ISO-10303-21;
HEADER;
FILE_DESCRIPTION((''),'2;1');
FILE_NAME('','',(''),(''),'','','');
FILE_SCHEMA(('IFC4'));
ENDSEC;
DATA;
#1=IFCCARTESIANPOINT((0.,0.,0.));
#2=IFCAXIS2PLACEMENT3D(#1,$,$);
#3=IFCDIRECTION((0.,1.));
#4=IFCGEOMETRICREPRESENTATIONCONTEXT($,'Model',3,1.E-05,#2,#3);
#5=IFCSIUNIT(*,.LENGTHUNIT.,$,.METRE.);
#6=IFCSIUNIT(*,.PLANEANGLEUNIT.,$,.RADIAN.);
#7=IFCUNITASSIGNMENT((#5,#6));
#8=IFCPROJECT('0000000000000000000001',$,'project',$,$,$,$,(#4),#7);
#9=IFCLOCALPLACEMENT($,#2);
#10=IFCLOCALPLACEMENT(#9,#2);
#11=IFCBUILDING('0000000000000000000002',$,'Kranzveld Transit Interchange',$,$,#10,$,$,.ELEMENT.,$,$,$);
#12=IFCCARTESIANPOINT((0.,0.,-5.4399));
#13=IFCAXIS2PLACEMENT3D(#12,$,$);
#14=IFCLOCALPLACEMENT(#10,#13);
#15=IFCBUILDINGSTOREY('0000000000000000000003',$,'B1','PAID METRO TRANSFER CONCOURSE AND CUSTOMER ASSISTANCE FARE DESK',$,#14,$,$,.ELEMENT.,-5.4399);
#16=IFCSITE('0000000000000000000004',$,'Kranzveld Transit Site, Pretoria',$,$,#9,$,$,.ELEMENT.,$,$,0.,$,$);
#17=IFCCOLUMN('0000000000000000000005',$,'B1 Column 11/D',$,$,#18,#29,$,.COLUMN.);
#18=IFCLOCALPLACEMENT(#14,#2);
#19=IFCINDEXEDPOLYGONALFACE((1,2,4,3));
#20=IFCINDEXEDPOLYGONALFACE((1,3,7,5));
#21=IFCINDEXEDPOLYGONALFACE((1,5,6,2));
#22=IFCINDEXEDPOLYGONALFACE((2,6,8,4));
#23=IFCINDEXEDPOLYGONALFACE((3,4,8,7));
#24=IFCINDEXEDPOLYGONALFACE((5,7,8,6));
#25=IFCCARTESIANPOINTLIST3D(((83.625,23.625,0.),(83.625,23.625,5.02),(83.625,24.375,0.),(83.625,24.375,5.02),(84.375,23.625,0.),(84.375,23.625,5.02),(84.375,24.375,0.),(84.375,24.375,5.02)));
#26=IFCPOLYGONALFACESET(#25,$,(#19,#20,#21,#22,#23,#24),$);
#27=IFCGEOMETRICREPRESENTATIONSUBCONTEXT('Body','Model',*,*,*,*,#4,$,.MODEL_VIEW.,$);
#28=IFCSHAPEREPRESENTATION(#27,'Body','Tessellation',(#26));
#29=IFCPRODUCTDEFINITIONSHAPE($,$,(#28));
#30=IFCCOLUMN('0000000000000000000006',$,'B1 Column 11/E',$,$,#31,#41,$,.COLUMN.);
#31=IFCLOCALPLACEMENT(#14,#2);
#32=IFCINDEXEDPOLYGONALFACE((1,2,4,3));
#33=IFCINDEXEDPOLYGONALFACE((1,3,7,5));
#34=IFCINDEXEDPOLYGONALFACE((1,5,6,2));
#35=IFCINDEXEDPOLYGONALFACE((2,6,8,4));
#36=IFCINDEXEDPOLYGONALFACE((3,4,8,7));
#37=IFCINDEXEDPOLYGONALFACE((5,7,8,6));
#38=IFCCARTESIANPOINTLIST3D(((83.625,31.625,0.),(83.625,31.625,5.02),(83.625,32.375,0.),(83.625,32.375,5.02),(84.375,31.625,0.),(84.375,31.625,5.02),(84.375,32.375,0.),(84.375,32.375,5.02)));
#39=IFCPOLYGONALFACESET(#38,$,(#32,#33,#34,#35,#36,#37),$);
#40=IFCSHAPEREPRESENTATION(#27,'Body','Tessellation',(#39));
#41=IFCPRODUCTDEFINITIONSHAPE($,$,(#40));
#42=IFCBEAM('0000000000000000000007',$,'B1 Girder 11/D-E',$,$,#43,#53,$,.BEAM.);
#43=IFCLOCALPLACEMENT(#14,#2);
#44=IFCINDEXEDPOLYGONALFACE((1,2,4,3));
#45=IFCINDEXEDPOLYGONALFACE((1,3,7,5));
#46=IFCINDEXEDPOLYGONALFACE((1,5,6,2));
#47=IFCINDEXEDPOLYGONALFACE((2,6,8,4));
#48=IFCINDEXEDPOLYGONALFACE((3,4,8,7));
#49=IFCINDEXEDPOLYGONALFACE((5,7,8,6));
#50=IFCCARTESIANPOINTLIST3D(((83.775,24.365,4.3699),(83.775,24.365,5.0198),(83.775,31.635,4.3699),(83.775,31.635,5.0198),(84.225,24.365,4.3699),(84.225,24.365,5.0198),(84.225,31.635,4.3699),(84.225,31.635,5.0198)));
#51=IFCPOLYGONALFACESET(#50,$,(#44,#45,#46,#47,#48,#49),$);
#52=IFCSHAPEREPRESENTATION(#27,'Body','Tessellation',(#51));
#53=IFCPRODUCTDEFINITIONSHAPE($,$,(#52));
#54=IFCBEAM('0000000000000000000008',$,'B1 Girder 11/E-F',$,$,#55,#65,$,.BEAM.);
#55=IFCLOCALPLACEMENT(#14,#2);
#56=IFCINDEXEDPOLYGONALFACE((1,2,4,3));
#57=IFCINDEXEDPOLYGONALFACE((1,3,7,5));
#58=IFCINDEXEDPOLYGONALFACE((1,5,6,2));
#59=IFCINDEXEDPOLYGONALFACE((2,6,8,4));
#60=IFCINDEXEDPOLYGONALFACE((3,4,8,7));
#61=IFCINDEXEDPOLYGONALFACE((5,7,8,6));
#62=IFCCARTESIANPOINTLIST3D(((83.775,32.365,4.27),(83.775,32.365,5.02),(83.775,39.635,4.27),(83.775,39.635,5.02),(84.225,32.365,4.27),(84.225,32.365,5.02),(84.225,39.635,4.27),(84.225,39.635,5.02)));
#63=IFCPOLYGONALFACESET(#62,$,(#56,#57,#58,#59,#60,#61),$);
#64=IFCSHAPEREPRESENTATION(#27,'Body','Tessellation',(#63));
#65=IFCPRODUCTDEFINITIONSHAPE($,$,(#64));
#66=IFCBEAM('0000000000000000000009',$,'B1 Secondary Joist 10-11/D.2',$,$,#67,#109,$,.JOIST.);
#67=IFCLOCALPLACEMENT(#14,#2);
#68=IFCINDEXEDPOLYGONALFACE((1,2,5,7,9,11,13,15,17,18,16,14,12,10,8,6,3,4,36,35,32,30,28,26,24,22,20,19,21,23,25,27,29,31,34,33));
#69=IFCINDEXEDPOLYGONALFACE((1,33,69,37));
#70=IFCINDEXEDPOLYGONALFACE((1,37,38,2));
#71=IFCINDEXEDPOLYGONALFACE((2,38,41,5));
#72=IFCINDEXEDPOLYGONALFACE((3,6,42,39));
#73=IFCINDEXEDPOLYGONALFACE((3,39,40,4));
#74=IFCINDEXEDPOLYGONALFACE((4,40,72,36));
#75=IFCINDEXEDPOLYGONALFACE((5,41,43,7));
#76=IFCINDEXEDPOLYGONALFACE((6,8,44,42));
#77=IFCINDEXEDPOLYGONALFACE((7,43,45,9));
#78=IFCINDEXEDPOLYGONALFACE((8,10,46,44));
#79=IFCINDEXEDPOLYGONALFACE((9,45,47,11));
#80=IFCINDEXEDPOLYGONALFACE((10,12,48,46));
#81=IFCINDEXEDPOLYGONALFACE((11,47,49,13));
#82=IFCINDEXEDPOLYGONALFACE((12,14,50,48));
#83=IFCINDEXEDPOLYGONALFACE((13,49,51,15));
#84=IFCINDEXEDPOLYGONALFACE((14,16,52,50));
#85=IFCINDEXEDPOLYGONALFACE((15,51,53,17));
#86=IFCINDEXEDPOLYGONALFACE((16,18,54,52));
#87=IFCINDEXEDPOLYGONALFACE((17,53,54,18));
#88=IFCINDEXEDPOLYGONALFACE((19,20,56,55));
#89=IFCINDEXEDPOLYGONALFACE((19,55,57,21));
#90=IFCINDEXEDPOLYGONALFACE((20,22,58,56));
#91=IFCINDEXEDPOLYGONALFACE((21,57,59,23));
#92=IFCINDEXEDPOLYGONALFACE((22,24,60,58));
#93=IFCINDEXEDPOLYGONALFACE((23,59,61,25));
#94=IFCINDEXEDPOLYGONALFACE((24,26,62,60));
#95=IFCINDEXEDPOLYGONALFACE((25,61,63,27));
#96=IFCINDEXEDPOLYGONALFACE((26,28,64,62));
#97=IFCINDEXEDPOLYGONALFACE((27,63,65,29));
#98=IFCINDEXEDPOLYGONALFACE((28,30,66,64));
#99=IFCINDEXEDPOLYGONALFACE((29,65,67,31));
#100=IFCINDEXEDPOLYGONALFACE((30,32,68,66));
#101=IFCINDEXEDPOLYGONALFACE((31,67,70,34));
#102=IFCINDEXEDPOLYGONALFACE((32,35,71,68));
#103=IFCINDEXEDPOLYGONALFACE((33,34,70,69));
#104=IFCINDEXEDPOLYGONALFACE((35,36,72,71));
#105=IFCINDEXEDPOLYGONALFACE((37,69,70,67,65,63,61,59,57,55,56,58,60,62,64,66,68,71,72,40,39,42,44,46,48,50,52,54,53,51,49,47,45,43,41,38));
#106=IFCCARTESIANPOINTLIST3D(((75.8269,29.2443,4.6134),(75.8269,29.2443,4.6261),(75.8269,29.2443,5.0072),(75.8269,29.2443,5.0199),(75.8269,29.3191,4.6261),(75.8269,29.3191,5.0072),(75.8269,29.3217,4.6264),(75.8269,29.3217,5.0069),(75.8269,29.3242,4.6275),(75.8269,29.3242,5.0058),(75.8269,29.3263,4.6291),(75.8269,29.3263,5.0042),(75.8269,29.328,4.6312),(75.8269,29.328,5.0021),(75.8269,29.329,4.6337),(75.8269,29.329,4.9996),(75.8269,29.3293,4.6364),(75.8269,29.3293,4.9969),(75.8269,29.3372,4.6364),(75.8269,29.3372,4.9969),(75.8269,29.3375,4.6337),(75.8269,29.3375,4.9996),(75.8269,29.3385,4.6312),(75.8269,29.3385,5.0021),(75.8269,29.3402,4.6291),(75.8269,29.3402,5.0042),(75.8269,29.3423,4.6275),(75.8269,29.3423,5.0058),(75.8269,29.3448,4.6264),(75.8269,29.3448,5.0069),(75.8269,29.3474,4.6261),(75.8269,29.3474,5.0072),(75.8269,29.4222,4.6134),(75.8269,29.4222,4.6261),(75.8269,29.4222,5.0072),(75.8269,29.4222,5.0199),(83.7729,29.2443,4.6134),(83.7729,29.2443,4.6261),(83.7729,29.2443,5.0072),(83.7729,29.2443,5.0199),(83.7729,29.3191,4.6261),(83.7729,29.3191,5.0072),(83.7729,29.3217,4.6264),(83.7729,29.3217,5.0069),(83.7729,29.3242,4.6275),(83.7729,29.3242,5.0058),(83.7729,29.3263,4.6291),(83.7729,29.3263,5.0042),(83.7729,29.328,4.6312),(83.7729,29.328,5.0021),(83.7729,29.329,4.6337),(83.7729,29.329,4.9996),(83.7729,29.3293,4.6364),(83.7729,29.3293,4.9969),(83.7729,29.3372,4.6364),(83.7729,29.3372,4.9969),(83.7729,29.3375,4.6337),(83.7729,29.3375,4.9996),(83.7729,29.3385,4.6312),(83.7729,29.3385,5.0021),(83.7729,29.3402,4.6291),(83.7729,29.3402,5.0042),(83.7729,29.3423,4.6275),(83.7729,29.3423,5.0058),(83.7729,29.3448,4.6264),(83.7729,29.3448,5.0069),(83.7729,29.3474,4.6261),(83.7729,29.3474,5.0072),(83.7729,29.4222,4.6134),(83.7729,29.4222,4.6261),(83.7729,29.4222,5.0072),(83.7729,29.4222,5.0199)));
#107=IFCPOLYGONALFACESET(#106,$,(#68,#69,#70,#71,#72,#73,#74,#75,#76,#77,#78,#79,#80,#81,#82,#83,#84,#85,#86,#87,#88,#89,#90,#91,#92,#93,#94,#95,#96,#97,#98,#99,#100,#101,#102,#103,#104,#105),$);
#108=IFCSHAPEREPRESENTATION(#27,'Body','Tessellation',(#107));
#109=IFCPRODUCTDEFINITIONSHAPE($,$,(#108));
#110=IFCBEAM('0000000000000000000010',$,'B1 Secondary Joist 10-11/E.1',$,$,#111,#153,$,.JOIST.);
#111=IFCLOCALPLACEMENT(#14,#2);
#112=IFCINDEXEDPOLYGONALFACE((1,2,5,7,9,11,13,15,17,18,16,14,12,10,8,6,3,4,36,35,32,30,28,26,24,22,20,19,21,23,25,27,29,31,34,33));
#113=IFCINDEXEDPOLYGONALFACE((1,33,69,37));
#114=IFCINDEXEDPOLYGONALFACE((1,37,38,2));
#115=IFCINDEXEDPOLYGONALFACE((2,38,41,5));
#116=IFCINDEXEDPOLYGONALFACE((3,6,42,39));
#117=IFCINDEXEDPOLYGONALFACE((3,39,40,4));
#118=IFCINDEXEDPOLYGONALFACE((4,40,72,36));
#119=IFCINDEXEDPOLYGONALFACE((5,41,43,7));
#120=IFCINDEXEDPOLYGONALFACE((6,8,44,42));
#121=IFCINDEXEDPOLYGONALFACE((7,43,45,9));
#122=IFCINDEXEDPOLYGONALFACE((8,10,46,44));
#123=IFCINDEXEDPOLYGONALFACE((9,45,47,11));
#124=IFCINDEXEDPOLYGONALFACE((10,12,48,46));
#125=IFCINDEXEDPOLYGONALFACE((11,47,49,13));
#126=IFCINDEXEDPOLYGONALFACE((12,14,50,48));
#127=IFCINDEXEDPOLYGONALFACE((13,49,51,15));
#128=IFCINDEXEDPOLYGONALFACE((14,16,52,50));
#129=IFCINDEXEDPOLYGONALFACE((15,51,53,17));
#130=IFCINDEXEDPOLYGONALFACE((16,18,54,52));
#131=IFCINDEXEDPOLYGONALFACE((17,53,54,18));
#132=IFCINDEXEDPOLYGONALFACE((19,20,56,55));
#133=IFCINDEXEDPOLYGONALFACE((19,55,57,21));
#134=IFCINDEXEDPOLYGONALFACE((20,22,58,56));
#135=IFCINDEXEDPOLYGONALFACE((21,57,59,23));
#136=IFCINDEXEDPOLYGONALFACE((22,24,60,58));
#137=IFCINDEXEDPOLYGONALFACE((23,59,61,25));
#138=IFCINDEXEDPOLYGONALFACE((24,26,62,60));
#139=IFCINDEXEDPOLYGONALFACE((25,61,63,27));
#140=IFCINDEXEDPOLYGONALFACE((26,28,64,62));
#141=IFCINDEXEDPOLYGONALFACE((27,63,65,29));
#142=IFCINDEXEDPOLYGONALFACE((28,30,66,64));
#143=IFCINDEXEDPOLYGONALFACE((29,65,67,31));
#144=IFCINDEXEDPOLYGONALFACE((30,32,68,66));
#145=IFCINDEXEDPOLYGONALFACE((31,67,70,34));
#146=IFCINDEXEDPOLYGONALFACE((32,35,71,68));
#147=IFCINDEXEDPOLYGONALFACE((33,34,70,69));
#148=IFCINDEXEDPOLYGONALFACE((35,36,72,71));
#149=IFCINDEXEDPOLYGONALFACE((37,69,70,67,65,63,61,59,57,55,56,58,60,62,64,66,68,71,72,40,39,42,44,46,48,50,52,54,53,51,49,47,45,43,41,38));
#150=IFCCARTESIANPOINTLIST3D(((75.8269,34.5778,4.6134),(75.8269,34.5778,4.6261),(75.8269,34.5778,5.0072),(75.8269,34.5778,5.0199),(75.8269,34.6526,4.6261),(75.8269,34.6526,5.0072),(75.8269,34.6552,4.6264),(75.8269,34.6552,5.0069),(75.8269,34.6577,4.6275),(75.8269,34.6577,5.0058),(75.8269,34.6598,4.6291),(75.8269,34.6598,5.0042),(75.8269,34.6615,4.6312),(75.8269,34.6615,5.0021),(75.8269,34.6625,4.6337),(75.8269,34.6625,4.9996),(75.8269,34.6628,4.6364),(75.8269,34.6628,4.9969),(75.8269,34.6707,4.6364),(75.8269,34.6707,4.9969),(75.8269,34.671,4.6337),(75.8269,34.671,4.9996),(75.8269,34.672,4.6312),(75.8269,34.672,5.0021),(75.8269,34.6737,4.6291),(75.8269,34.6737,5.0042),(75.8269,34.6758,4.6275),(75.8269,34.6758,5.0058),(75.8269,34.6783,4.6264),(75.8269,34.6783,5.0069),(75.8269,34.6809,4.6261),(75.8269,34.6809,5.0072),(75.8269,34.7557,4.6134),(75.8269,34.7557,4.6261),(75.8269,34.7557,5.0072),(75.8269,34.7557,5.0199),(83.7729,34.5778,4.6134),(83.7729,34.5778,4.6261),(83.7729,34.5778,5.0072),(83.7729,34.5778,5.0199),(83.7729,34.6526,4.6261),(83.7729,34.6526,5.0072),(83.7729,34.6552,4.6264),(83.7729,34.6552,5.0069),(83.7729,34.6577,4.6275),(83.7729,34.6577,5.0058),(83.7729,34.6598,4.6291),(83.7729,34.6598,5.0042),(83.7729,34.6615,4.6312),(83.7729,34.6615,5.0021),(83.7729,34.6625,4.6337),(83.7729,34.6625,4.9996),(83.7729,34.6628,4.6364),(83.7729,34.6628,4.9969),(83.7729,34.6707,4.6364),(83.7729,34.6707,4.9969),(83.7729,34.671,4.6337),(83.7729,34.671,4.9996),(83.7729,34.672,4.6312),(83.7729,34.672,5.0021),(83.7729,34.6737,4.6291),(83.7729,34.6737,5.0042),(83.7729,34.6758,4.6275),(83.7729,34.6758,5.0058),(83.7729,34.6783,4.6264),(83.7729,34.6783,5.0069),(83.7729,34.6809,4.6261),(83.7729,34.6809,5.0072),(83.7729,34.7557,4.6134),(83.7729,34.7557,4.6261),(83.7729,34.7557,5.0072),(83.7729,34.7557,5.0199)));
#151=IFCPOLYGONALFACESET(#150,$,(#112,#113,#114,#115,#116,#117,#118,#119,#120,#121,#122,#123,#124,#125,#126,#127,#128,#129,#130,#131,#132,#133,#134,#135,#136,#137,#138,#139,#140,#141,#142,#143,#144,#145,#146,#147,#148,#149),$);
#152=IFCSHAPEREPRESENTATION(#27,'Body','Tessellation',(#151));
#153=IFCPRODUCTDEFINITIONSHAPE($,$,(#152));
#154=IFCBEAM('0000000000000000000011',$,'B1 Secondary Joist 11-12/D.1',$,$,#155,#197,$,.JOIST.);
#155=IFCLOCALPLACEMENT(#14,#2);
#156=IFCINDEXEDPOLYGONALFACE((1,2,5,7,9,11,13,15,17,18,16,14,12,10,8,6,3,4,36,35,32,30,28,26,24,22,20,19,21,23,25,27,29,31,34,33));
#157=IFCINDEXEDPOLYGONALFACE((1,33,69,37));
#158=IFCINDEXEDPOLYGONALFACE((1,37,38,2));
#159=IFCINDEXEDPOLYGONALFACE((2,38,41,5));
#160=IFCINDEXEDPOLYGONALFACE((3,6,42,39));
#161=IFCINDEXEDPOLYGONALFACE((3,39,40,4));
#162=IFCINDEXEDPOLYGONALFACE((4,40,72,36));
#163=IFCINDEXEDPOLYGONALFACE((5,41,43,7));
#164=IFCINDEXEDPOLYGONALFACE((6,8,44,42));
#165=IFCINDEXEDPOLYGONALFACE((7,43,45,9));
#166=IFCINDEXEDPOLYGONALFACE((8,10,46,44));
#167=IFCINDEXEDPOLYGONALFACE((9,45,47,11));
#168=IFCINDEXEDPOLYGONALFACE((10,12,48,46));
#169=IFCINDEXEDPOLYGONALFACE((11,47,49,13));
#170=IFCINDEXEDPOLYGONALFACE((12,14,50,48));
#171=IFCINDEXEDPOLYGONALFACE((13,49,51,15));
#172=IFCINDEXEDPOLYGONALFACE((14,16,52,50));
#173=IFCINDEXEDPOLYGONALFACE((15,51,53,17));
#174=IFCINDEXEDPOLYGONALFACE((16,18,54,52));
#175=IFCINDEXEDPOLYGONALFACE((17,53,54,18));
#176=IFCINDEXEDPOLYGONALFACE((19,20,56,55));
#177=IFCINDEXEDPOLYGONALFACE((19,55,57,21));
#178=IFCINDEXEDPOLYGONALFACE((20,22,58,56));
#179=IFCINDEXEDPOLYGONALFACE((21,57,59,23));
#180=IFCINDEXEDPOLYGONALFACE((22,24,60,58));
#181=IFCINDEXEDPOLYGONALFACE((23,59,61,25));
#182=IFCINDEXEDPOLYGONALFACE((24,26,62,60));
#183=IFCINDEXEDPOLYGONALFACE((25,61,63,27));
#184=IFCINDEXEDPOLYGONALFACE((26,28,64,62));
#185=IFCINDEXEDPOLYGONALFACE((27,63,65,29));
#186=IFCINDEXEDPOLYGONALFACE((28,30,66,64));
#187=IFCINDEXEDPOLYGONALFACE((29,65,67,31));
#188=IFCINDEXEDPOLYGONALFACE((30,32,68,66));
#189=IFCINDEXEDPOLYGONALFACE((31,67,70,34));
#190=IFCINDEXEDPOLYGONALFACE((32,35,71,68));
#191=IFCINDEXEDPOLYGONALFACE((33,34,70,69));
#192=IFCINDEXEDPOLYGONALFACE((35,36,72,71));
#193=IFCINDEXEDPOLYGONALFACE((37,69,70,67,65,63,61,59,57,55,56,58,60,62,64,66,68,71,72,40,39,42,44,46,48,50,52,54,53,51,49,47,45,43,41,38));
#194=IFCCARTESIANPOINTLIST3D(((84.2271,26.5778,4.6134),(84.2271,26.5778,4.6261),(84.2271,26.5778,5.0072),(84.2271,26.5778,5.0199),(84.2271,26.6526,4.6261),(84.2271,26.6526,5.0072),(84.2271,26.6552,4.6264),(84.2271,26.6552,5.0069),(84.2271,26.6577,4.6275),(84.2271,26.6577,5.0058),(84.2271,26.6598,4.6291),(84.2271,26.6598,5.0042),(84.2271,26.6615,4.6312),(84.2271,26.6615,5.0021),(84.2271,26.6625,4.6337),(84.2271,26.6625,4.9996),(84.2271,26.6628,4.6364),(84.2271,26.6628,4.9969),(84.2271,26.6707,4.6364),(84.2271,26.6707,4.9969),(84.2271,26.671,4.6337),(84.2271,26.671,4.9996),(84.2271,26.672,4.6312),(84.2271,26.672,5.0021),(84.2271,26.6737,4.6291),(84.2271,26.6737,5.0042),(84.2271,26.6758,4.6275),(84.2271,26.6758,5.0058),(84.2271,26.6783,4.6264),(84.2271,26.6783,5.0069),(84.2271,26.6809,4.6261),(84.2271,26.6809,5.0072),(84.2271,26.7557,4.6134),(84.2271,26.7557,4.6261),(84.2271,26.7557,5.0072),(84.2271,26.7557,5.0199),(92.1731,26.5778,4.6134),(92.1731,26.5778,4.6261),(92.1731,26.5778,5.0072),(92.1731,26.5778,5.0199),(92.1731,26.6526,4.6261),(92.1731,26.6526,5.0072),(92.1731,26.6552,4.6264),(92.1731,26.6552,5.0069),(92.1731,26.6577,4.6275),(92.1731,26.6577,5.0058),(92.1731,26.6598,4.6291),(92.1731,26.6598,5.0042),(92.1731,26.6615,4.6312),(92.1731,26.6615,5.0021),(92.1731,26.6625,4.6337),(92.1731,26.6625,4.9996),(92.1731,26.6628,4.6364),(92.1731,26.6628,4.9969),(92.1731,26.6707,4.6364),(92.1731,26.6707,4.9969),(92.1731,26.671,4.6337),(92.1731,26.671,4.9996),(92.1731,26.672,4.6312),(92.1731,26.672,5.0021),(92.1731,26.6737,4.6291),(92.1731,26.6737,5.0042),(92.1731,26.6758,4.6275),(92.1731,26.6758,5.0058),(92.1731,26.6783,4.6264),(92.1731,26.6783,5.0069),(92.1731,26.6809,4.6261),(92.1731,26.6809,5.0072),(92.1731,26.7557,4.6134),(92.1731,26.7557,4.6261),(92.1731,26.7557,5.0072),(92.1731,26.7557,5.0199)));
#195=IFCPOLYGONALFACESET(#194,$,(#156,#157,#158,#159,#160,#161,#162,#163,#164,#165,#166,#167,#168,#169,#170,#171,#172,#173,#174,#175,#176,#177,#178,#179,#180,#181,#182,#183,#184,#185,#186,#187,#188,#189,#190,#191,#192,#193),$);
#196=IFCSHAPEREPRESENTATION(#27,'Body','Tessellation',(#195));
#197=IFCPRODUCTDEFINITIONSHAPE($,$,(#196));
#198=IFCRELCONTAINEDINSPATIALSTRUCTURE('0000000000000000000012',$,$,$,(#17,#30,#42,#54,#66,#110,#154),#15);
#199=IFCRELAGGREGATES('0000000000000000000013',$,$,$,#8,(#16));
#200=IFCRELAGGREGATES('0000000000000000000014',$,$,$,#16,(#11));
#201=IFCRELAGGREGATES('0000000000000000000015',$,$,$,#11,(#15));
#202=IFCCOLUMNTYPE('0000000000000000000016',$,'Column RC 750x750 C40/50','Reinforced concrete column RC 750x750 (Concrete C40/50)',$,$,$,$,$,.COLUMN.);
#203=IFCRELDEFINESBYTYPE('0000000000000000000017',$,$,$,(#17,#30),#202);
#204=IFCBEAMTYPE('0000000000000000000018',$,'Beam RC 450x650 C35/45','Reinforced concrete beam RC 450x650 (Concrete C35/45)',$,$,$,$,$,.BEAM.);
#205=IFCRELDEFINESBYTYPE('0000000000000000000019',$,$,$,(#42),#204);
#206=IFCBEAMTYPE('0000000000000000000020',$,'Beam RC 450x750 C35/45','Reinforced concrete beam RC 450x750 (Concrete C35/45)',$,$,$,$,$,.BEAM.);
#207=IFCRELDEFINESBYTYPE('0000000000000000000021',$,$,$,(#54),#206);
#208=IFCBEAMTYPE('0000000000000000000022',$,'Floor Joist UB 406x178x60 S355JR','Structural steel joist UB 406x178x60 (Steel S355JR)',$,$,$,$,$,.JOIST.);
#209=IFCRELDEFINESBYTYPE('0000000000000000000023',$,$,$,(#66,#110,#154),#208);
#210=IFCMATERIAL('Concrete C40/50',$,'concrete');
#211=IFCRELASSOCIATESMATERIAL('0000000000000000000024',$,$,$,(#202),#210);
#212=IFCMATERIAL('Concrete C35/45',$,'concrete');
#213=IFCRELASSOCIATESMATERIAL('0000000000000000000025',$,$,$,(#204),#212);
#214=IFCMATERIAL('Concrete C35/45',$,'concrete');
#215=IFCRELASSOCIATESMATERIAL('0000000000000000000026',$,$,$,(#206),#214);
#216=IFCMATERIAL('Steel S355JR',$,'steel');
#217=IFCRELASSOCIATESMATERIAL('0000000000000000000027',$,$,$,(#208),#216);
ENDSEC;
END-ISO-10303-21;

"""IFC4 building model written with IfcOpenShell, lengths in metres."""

from ifc_helpers import new_model, si_unit, direction, frame, origin, origin_2d, place, context, subcontext, project, spatial, rectangle, i_section, extrude, material, material_profile, profile_set, type_object, element, save


model = new_model("IFC4")

# Units and contexts
model_context = context("Model", 3, precision=1e-05, world=origin(), true_north=direction((0.0, 1.0)))
body_context = subcontext(model_context, "Body", "Model", "MODEL_VIEW")
ifc_project = project(units=[si_unit("LENGTHUNIT", "METRE"), si_unit("PLANEANGLEUNIT", "RADIAN")], contexts=[model_context])

# Site, building, storey
site_placement = place(None, origin())
site = spatial("IfcSite", under=ifc_project, at=site_placement, Name="Kranzveld Transit Site, Pretoria", CompositionType="ELEMENT", RefElevation=0.0)
building_placement = place(site_placement, origin())
building = spatial("IfcBuilding", under=site, at=building_placement, Name="Kranzveld Transit Interchange", CompositionType="ELEMENT")
storey_placement = place(building_placement, frame((0.0, 0.0, -5.4399)))
storey = spatial("IfcBuildingStorey", under=building, at=storey_placement, Name="B1", Description="PAID METRO TRANSFER CONCOURSE AND CUSTOMER ASSISTANCE FARE DESK", CompositionType="ELEMENT", Elevation=-5.4399)

# Columns
ifc_material_1 = material(Name="Concrete C40/50", Category="concrete")
ifc_material_profile_1 = material_profile(ifc_material_1, rectangle(XDim=0.75, YDim=0.75, at=origin_2d()), Name="RC 750x750")
ifc_profile_set_1 = profile_set([ifc_material_profile_1], Name="Concrete C40/50")
column_type = type_object("IfcColumnType", Name="Column RC 750x750 C40/50", Description="Reinforced concrete column RC 750x750 (Concrete C40/50)", PredefinedType="COLUMN", material=ifc_profile_set_1)
for number, where, z_axis, x_axis, name in (
    (1, (84.0, 24.0, 0.0), (0.0, 0.0, 1.0), (1.0, 0.0, 0.0), "B1 Column 11/D"),
    (2, (84.0, 32.0, 0.0), (0.0, 0.0, 1.0), (1.0, 0.0, 0.0), "B1 Column 11/E"),
):
    element("IfcColumn", number, at=place(storey_placement, frame(where, z_axis=z_axis, x_axis=x_axis)), inside=storey, type_object=column_type, Name=name, PredefinedType="COLUMN", context=body_context, shape_type="SweptSolid", body=[
        extrude(rectangle(XDim=0.75, YDim=0.75, at=origin_2d()), origin(), (0.0, 0.0, 1.0), 5.02),
    ])

# Beams
ifc_material_2 = material(Name="Concrete C35/45", Category="concrete")
ifc_material_profile_2 = material_profile(ifc_material_2, rectangle(XDim=0.45, YDim=0.6499, at=origin_2d()), Name="RC 450x650")
ifc_profile_set_2 = profile_set([ifc_material_profile_2], Name="Concrete C35/45")
beam_type_1 = type_object("IfcBeamType", Name="Beam RC 450x650 C35/45", Description="Reinforced concrete beam RC 450x650 (Concrete C35/45)", PredefinedType="BEAM", material=ifc_profile_set_2)
beam_1_placement = place(storey_placement, frame((84.0, 24.365, 4.6948), z_axis=(0.0, 1.0, 0.0), x_axis=(-1.0, 0.0, 0.0)))
element("IfcBeam", 3, at=beam_1_placement, inside=storey, type_object=beam_type_1, Name="B1 Girder 11/D-E", PredefinedType="BEAM", context=body_context, shape_type="SweptSolid", body=[
    extrude(rectangle(XDim=0.45, YDim=0.6499, at=origin_2d()), origin(), (0.0, 0.0, 1.0), 7.27),
])
ifc_material_3 = material(Name="Concrete C35/45", Category="concrete")
ifc_material_profile_3 = material_profile(ifc_material_3, rectangle(XDim=0.45, YDim=0.75, at=origin_2d()), Name="RC 450x750")
ifc_profile_set_3 = profile_set([ifc_material_profile_3], Name="Concrete C35/45")
beam_type_2 = type_object("IfcBeamType", Name="Beam RC 450x750 C35/45", Description="Reinforced concrete beam RC 450x750 (Concrete C35/45)", PredefinedType="BEAM", material=ifc_profile_set_3)
beam_2_placement = place(storey_placement, frame((84.0, 32.365, 4.645), z_axis=(0.0, 1.0, 0.0), x_axis=(-1.0, 0.0, 0.0)))
element("IfcBeam", 4, at=beam_2_placement, inside=storey, type_object=beam_type_2, Name="B1 Girder 11/E-F", PredefinedType="BEAM", context=body_context, shape_type="SweptSolid", body=[
    extrude(rectangle(XDim=0.45, YDim=0.75, at=origin_2d()), origin(), (0.0, 0.0, 1.0), 7.27),
])
ifc_material_4 = material(Name="Steel S355JR", Category="steel")
ifc_material_profile_4 = material_profile(ifc_material_4, i_section(OverallWidth=0.178, OverallDepth=0.4065, WebThickness=0.0078, FlangeThickness=0.0127, FilletRadius=0.0103, at=origin_2d()), Name="UB 406x178x60")
ifc_profile_set_4 = profile_set([ifc_material_profile_4], Name="Steel S355JR")
beam_type_3 = type_object("IfcBeamType", Name="Floor Joist UB 406x178x60 S355JR", Description="Structural steel joist UB 406x178x60 (Steel S355JR)", PredefinedType="JOIST", material=ifc_profile_set_4)
for number, where, z_axis, x_axis, name in (
    (5, (75.8269, 29.3333, 4.8167), (1.0, 0.0, 0.0), (0.0, 1.0, 0.0), "B1 Secondary Joist 10-11/D.2"),
    (6, (75.8269, 34.6667, 4.8167), (1.0, 0.0, 0.0), (0.0, 1.0, 0.0), "B1 Secondary Joist 10-11/E.1"),
    (7, (84.2271, 26.6667, 4.8167), (1.0, 0.0, 0.0), (0.0, 1.0, 0.0), "B1 Secondary Joist 11-12/D.1"),
):
    element("IfcBeam", number, at=place(storey_placement, frame(where, z_axis=z_axis, x_axis=x_axis)), inside=storey, type_object=beam_type_3, Name=name, PredefinedType="JOIST", context=body_context, shape_type="SweptSolid", body=[
        extrude(i_section(OverallWidth=0.178, OverallDepth=0.4065, WebThickness=0.0078, FlangeThickness=0.0127, FilletRadius=0.0103, at=origin_2d()), origin(), (0.0, 0.0, 1.0), 7.946),
    ])

save(model, "model.ifc")
